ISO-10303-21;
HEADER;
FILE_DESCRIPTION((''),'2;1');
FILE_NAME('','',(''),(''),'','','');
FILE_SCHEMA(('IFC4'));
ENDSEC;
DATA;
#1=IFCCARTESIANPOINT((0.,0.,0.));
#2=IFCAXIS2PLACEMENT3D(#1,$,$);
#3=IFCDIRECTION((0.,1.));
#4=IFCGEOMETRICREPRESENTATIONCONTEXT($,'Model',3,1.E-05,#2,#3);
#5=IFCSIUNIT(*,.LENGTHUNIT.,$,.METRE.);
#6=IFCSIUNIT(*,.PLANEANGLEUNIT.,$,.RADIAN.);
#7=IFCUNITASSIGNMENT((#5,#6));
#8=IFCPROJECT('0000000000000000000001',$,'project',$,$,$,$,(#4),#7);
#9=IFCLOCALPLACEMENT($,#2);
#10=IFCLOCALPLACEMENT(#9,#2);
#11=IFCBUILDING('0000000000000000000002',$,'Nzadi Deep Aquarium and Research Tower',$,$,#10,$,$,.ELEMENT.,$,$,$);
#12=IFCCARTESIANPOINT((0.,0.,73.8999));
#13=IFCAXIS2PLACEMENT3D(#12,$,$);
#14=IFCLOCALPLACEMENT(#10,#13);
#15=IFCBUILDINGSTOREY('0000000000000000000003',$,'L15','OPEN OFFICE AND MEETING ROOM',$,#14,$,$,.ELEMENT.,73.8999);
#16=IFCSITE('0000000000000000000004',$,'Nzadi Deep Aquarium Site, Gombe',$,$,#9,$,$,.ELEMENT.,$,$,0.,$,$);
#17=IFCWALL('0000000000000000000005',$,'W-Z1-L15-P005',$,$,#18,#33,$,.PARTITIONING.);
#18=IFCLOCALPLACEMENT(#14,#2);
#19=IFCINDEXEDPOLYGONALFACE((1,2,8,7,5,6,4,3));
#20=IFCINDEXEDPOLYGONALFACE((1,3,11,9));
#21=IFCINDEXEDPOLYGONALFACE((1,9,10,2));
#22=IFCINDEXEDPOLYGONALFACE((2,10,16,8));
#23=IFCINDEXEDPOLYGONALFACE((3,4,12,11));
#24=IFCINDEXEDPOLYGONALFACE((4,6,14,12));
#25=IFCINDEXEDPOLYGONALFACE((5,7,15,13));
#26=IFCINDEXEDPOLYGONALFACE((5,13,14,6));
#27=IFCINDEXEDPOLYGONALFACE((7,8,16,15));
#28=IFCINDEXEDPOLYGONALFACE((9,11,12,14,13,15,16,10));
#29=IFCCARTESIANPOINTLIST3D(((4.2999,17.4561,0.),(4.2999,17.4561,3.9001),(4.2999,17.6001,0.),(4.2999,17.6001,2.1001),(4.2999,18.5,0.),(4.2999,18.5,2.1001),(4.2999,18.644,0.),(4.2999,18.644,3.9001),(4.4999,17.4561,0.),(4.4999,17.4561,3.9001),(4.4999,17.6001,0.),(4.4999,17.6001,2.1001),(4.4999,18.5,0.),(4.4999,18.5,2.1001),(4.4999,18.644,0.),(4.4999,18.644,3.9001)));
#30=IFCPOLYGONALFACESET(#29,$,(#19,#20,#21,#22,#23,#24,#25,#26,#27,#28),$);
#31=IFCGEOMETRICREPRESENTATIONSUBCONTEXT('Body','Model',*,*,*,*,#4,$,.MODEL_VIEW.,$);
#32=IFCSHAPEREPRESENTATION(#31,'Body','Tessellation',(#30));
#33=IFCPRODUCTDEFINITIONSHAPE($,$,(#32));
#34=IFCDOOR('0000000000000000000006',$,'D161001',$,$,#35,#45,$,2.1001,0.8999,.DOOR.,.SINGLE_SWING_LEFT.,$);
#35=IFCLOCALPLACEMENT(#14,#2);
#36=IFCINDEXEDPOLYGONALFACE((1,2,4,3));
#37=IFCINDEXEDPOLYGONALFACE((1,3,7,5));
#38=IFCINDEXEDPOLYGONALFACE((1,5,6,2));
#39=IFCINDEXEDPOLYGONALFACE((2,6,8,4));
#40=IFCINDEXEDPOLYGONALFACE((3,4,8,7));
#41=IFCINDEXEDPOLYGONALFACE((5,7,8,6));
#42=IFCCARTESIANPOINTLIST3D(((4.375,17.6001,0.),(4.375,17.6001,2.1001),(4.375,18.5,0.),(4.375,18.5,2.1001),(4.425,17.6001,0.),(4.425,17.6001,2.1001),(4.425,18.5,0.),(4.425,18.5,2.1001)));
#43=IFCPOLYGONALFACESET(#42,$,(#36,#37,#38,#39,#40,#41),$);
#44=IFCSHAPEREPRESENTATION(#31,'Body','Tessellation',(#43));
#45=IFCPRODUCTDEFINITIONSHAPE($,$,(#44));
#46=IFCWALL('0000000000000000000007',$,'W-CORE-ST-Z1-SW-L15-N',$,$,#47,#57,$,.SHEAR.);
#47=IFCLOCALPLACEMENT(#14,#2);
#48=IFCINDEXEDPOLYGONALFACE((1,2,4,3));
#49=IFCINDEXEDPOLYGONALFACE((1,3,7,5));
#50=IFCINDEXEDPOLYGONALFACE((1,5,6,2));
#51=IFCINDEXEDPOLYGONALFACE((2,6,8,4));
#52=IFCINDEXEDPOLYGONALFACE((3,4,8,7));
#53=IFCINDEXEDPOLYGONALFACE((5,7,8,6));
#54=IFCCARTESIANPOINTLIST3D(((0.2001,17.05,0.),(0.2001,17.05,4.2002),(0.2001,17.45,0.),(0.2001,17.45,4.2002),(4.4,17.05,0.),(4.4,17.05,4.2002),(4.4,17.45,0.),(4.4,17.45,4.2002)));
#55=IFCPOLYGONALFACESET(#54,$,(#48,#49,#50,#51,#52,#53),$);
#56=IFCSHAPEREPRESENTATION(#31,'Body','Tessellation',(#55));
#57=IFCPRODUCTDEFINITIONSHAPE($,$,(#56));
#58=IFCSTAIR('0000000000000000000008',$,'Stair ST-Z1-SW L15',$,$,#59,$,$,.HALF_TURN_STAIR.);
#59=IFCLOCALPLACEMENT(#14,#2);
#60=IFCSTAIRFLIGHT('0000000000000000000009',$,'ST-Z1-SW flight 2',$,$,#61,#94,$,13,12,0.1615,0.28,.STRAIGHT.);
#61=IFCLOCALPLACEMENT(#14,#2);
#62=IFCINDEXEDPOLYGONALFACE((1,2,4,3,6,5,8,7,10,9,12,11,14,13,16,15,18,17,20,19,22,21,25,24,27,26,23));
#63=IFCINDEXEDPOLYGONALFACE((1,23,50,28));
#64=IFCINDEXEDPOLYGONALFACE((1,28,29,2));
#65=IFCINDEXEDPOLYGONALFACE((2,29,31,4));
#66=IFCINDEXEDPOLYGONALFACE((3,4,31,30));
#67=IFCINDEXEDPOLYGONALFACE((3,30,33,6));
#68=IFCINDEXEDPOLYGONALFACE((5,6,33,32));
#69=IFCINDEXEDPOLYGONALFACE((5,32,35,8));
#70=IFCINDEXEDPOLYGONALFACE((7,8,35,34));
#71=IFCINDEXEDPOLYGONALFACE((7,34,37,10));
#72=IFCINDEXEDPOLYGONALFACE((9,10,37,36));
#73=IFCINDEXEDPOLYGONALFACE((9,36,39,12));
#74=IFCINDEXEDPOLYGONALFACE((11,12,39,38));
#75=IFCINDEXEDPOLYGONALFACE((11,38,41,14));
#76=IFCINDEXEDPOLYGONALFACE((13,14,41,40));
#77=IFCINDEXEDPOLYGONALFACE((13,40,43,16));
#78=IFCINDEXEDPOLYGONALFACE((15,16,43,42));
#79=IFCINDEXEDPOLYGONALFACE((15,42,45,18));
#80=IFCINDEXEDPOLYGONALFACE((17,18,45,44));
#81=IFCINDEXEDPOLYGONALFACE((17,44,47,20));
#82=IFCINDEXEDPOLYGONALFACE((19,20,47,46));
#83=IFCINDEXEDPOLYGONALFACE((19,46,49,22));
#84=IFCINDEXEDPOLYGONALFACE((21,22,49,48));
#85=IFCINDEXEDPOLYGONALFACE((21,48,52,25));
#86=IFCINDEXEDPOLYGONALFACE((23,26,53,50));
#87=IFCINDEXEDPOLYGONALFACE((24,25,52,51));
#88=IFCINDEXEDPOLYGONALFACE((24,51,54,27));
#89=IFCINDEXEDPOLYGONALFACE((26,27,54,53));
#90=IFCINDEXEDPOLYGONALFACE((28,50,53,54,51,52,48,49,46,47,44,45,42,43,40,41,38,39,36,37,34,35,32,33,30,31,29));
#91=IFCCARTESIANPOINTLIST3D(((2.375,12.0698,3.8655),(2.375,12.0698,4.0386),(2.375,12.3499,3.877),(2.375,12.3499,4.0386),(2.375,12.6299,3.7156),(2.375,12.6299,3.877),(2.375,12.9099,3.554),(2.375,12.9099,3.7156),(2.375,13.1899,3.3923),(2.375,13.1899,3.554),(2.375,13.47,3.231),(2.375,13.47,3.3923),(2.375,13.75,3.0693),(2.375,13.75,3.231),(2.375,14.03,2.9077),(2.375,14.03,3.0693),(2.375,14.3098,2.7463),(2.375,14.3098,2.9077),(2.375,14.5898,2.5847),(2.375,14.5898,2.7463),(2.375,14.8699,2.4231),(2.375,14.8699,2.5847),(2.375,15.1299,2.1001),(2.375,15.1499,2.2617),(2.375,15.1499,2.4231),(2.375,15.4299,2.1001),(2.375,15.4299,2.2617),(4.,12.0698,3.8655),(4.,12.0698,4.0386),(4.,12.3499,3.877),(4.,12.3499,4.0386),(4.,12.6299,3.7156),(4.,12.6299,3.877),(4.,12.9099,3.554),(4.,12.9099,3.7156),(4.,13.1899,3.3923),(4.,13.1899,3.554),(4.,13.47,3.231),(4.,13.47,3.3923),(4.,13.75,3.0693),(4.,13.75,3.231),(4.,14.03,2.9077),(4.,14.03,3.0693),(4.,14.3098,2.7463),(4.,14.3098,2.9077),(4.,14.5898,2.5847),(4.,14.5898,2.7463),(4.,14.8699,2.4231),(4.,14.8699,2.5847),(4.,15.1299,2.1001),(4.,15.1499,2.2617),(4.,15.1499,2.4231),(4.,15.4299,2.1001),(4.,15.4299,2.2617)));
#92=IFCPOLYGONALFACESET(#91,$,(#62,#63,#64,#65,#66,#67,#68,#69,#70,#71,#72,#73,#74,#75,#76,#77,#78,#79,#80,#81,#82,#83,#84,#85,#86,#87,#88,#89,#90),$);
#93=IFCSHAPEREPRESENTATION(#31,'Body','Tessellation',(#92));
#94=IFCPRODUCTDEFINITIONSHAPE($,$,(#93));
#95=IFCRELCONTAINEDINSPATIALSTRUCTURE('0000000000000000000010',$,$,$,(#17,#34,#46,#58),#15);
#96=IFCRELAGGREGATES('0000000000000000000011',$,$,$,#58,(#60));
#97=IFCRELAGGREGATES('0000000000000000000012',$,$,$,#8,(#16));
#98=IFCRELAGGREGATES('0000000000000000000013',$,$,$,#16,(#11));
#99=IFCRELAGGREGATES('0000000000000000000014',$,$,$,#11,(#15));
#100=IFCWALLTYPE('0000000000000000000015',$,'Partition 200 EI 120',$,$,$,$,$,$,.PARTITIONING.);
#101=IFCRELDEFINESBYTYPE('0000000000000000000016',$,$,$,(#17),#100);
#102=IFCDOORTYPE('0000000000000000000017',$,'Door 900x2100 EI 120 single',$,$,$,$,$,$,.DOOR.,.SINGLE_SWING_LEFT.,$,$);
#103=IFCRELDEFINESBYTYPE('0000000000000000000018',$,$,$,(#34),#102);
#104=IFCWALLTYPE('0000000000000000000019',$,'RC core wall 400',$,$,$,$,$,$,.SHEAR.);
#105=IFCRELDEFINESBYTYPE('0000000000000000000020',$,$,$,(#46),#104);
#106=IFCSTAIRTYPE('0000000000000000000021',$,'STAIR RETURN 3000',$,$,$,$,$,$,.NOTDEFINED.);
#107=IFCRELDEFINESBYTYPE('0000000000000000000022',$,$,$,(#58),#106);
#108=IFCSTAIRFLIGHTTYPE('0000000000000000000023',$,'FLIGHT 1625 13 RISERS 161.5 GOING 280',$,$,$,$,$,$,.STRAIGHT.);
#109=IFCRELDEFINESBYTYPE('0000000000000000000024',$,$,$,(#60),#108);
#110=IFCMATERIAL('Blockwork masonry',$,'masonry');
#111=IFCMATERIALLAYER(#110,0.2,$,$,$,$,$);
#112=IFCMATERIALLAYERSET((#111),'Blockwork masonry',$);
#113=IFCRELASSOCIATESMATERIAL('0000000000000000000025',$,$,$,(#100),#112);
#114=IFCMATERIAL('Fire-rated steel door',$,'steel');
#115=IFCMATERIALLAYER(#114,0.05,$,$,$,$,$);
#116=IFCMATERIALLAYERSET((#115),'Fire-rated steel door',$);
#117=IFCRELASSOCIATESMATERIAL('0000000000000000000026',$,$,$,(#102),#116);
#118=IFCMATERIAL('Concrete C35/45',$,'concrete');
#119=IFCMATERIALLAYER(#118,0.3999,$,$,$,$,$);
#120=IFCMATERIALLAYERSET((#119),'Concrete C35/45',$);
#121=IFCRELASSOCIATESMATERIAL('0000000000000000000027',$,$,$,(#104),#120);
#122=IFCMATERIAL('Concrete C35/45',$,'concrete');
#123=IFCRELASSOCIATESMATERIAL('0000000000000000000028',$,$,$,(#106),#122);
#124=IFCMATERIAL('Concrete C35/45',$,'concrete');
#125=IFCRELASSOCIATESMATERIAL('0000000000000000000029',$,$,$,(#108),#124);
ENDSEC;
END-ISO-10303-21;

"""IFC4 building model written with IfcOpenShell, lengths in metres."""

from ifc_helpers import new_model, si_unit, direction, frame, frame_2d, origin, place, context, subcontext, project, spatial, polyline, rectangle, outline, extrude, material, layer, layer_set, type_object, element, fill, aggregate, save


model = new_model("IFC4")

# Units and contexts
model_context = context("Model", 3, precision=1e-05, world=origin(), true_north=direction((0.0, 1.0)))
body_context = subcontext(model_context, "Body", "Model", "MODEL_VIEW")
ifc_project = project(units=[si_unit("LENGTHUNIT", "METRE"), si_unit("PLANEANGLEUNIT", "RADIAN")], contexts=[model_context])

# Site, building, storey
site_placement = place(None, origin())
site = spatial("IfcSite", under=ifc_project, at=site_placement, Name="Nzadi Deep Aquarium Site, Gombe", CompositionType="ELEMENT", RefElevation=0.0)
building_placement = place(site_placement, origin())
building = spatial("IfcBuilding", under=site, at=building_placement, Name="Nzadi Deep Aquarium and Research Tower", CompositionType="ELEMENT")
storey_placement = place(building_placement, frame((0.0, 0.0, 73.8999)))
storey = spatial("IfcBuildingStorey", under=building, at=storey_placement, Name="L15", Description="OPEN OFFICE AND MEETING ROOM", CompositionType="ELEMENT", Elevation=73.8999)

# Wall, opening, door
ifc_material_1 = material(Name="Blockwork masonry", Category="masonry")
ifc_layer_1 = layer(ifc_material_1, 0.2)
ifc_layer_set_1 = layer_set([ifc_layer_1], Name="Blockwork masonry")
wall_type_1 = type_object("IfcWallType", Name="Partition 200 EI 120", PredefinedType="PARTITIONING", material=ifc_layer_set_1)
wall_1_placement = place(storey_placement, frame((4.3999, 17.4561, 0.0), z_axis=(0.0, 0.0, 1.0), x_axis=(0.0, 1.0, 0.0)))
wall_1 = element("IfcWall", 1, at=wall_1_placement, inside=storey, type_object=wall_type_1, Name="W-Z1-L15-P005", PredefinedType="PARTITIONING", context=body_context, shape_type="SweptSolid", body=[
    extrude(rectangle(XDim=1.188, YDim=0.2, at=frame_2d((0.594, 0.0))), origin(), (0.0, 0.0, 1.0), 3.9001),
])
opening_1_placement = place(wall_1_placement, frame((0.144, 0.0, 0.0)))
opening_1 = element("IfcOpeningElement", 2, at=opening_1_placement, cuts=wall_1, PredefinedType="OPENING", context=body_context, shape_type="SweptSolid", body=[
    extrude(rectangle(XDim=0.8999, YDim=2.1001, at=frame_2d((0.45, 1.05))), frame((0.0, 0.1101, 0.0), z_axis=(0.0, -1.0, 0.0), x_axis=(1.0, 0.0, 0.0)), (0.0, 0.0, 1.0), 0.2202),
])
ifc_material_2 = material(Name="Fire-rated steel door", Category="steel")
ifc_layer_2 = layer(ifc_material_2, 0.05)
ifc_layer_set_2 = layer_set([ifc_layer_2], Name="Fire-rated steel door")
door_type_1 = type_object("IfcDoorType", Name="Door 900x2100 EI 120 single", OperationType="SINGLE_SWING_LEFT", PredefinedType="DOOR", material=ifc_layer_set_2)
door_1_placement = place(opening_1_placement, origin())
door_1 = element("IfcDoor", 3, at=door_1_placement, inside=storey, type_object=door_type_1, Name="D161001", OperationType="SINGLE_SWING_LEFT", OverallHeight=2.1001, OverallWidth=0.8999, PredefinedType="DOOR", context=body_context, shape_type="SweptSolid", body=[
    extrude(rectangle(XDim=0.8999, YDim=2.1001, at=frame_2d((0.45, 1.05))), frame((0.0, 0.0249, 0.0), z_axis=(0.0, -1.0, 0.0), x_axis=(1.0, 0.0, 0.0)), (0.0, 0.0, 1.0), 0.05),
])
fill(opening_1, door_1)

# Wall
ifc_material_3 = material(Name="Concrete C35/45", Category="concrete")
ifc_layer_3 = layer(ifc_material_3, 0.3999)
ifc_layer_set_3 = layer_set([ifc_layer_3], Name="Concrete C35/45")
wall_type_2 = type_object("IfcWallType", Name="RC core wall 400", PredefinedType="SHEAR", material=ifc_layer_set_3)
wall_2_placement = place(storey_placement, frame((0.2, 17.25, 0.0), z_axis=(0.0, 0.0, 1.0), x_axis=(1.0, 0.0, 0.0)))
element("IfcWall", 4, at=wall_2_placement, inside=storey, type_object=wall_type_2, Name="W-CORE-ST-Z1-SW-L15-N", PredefinedType="SHEAR", context=body_context, shape_type="SweptSolid", body=[
    extrude(rectangle(XDim=4.2, YDim=0.3999, at=frame_2d((2.1001, 0.0))), origin(), (0.0, 0.0, 1.0), 4.2002),
])

# Stair, stair flight
ifc_material_4 = material(Name="Concrete C35/45", Category="concrete")
stair_type = type_object("IfcStairType", Name="STAIR RETURN 3000", PredefinedType="NOTDEFINED", material=ifc_material_4)
stair_placement = place(storey_placement, origin())
stair = element("IfcStair", 5, at=stair_placement, inside=storey, type_object=stair_type, Name="Stair ST-Z1-SW L15", PredefinedType="HALF_TURN_STAIR")
ifc_material_5 = material(Name="Concrete C35/45", Category="concrete")
stair_flight_type = type_object("IfcStairFlightType", Name="FLIGHT 1625 13 RISERS 161.5 GOING 280", PredefinedType="STRAIGHT", material=ifc_material_5)
stair_flight_placement = place(storey_placement, frame((3.1875, 15.4299, 2.1001), z_axis=(0.0, 0.0, 1.0), x_axis=(0.0, -1.0, 0.0)))
stair_flight = element("IfcStairFlight", 6, at=stair_flight_placement, type_object=stair_flight_type, Name="ST-Z1-SW flight 2", NumberOfRisers=13, NumberOfTreads=12, PredefinedType="STRAIGHT", RiserHeight=0.1615, TreadLength=0.28, context=body_context, shape_type="SweptSolid", body=[
    extrude(outline(polyline([(0.0, 0.0), (0.0, 0.1616), (0.28, 0.1616), (0.28, 0.323), (0.5601, 0.323), (0.5601, 0.4846), (0.8401, 0.4846), (0.8401, 0.6462), (1.1201, 0.6462), (1.1201, 0.8076), (1.3999, 0.8076), (1.3999, 0.9692), (1.6799, 0.9692), (1.6799, 1.1309), (1.96, 1.1309), (1.96, 1.2922), (2.24, 1.2922), (2.24, 1.4539), (2.52, 1.4539), (2.52, 1.6155), (2.8, 1.6155), (2.8, 1.7769), (3.0801, 1.7769), (3.0801, 1.9385), (3.3601, 1.9385), (3.3601, 2.1001), (3.3601, 1.7654), (0.3, 0.0), (0.0, 0.0)])), frame((0.0, 0.8125, 0.0), z_axis=(0.0, -1.0, 0.0), x_axis=(1.0, 0.0, 0.0)), (0.0, 0.0, 1.0), 1.625),
])
aggregate(stair, [stair_flight])

save(model, "model.ifc")
